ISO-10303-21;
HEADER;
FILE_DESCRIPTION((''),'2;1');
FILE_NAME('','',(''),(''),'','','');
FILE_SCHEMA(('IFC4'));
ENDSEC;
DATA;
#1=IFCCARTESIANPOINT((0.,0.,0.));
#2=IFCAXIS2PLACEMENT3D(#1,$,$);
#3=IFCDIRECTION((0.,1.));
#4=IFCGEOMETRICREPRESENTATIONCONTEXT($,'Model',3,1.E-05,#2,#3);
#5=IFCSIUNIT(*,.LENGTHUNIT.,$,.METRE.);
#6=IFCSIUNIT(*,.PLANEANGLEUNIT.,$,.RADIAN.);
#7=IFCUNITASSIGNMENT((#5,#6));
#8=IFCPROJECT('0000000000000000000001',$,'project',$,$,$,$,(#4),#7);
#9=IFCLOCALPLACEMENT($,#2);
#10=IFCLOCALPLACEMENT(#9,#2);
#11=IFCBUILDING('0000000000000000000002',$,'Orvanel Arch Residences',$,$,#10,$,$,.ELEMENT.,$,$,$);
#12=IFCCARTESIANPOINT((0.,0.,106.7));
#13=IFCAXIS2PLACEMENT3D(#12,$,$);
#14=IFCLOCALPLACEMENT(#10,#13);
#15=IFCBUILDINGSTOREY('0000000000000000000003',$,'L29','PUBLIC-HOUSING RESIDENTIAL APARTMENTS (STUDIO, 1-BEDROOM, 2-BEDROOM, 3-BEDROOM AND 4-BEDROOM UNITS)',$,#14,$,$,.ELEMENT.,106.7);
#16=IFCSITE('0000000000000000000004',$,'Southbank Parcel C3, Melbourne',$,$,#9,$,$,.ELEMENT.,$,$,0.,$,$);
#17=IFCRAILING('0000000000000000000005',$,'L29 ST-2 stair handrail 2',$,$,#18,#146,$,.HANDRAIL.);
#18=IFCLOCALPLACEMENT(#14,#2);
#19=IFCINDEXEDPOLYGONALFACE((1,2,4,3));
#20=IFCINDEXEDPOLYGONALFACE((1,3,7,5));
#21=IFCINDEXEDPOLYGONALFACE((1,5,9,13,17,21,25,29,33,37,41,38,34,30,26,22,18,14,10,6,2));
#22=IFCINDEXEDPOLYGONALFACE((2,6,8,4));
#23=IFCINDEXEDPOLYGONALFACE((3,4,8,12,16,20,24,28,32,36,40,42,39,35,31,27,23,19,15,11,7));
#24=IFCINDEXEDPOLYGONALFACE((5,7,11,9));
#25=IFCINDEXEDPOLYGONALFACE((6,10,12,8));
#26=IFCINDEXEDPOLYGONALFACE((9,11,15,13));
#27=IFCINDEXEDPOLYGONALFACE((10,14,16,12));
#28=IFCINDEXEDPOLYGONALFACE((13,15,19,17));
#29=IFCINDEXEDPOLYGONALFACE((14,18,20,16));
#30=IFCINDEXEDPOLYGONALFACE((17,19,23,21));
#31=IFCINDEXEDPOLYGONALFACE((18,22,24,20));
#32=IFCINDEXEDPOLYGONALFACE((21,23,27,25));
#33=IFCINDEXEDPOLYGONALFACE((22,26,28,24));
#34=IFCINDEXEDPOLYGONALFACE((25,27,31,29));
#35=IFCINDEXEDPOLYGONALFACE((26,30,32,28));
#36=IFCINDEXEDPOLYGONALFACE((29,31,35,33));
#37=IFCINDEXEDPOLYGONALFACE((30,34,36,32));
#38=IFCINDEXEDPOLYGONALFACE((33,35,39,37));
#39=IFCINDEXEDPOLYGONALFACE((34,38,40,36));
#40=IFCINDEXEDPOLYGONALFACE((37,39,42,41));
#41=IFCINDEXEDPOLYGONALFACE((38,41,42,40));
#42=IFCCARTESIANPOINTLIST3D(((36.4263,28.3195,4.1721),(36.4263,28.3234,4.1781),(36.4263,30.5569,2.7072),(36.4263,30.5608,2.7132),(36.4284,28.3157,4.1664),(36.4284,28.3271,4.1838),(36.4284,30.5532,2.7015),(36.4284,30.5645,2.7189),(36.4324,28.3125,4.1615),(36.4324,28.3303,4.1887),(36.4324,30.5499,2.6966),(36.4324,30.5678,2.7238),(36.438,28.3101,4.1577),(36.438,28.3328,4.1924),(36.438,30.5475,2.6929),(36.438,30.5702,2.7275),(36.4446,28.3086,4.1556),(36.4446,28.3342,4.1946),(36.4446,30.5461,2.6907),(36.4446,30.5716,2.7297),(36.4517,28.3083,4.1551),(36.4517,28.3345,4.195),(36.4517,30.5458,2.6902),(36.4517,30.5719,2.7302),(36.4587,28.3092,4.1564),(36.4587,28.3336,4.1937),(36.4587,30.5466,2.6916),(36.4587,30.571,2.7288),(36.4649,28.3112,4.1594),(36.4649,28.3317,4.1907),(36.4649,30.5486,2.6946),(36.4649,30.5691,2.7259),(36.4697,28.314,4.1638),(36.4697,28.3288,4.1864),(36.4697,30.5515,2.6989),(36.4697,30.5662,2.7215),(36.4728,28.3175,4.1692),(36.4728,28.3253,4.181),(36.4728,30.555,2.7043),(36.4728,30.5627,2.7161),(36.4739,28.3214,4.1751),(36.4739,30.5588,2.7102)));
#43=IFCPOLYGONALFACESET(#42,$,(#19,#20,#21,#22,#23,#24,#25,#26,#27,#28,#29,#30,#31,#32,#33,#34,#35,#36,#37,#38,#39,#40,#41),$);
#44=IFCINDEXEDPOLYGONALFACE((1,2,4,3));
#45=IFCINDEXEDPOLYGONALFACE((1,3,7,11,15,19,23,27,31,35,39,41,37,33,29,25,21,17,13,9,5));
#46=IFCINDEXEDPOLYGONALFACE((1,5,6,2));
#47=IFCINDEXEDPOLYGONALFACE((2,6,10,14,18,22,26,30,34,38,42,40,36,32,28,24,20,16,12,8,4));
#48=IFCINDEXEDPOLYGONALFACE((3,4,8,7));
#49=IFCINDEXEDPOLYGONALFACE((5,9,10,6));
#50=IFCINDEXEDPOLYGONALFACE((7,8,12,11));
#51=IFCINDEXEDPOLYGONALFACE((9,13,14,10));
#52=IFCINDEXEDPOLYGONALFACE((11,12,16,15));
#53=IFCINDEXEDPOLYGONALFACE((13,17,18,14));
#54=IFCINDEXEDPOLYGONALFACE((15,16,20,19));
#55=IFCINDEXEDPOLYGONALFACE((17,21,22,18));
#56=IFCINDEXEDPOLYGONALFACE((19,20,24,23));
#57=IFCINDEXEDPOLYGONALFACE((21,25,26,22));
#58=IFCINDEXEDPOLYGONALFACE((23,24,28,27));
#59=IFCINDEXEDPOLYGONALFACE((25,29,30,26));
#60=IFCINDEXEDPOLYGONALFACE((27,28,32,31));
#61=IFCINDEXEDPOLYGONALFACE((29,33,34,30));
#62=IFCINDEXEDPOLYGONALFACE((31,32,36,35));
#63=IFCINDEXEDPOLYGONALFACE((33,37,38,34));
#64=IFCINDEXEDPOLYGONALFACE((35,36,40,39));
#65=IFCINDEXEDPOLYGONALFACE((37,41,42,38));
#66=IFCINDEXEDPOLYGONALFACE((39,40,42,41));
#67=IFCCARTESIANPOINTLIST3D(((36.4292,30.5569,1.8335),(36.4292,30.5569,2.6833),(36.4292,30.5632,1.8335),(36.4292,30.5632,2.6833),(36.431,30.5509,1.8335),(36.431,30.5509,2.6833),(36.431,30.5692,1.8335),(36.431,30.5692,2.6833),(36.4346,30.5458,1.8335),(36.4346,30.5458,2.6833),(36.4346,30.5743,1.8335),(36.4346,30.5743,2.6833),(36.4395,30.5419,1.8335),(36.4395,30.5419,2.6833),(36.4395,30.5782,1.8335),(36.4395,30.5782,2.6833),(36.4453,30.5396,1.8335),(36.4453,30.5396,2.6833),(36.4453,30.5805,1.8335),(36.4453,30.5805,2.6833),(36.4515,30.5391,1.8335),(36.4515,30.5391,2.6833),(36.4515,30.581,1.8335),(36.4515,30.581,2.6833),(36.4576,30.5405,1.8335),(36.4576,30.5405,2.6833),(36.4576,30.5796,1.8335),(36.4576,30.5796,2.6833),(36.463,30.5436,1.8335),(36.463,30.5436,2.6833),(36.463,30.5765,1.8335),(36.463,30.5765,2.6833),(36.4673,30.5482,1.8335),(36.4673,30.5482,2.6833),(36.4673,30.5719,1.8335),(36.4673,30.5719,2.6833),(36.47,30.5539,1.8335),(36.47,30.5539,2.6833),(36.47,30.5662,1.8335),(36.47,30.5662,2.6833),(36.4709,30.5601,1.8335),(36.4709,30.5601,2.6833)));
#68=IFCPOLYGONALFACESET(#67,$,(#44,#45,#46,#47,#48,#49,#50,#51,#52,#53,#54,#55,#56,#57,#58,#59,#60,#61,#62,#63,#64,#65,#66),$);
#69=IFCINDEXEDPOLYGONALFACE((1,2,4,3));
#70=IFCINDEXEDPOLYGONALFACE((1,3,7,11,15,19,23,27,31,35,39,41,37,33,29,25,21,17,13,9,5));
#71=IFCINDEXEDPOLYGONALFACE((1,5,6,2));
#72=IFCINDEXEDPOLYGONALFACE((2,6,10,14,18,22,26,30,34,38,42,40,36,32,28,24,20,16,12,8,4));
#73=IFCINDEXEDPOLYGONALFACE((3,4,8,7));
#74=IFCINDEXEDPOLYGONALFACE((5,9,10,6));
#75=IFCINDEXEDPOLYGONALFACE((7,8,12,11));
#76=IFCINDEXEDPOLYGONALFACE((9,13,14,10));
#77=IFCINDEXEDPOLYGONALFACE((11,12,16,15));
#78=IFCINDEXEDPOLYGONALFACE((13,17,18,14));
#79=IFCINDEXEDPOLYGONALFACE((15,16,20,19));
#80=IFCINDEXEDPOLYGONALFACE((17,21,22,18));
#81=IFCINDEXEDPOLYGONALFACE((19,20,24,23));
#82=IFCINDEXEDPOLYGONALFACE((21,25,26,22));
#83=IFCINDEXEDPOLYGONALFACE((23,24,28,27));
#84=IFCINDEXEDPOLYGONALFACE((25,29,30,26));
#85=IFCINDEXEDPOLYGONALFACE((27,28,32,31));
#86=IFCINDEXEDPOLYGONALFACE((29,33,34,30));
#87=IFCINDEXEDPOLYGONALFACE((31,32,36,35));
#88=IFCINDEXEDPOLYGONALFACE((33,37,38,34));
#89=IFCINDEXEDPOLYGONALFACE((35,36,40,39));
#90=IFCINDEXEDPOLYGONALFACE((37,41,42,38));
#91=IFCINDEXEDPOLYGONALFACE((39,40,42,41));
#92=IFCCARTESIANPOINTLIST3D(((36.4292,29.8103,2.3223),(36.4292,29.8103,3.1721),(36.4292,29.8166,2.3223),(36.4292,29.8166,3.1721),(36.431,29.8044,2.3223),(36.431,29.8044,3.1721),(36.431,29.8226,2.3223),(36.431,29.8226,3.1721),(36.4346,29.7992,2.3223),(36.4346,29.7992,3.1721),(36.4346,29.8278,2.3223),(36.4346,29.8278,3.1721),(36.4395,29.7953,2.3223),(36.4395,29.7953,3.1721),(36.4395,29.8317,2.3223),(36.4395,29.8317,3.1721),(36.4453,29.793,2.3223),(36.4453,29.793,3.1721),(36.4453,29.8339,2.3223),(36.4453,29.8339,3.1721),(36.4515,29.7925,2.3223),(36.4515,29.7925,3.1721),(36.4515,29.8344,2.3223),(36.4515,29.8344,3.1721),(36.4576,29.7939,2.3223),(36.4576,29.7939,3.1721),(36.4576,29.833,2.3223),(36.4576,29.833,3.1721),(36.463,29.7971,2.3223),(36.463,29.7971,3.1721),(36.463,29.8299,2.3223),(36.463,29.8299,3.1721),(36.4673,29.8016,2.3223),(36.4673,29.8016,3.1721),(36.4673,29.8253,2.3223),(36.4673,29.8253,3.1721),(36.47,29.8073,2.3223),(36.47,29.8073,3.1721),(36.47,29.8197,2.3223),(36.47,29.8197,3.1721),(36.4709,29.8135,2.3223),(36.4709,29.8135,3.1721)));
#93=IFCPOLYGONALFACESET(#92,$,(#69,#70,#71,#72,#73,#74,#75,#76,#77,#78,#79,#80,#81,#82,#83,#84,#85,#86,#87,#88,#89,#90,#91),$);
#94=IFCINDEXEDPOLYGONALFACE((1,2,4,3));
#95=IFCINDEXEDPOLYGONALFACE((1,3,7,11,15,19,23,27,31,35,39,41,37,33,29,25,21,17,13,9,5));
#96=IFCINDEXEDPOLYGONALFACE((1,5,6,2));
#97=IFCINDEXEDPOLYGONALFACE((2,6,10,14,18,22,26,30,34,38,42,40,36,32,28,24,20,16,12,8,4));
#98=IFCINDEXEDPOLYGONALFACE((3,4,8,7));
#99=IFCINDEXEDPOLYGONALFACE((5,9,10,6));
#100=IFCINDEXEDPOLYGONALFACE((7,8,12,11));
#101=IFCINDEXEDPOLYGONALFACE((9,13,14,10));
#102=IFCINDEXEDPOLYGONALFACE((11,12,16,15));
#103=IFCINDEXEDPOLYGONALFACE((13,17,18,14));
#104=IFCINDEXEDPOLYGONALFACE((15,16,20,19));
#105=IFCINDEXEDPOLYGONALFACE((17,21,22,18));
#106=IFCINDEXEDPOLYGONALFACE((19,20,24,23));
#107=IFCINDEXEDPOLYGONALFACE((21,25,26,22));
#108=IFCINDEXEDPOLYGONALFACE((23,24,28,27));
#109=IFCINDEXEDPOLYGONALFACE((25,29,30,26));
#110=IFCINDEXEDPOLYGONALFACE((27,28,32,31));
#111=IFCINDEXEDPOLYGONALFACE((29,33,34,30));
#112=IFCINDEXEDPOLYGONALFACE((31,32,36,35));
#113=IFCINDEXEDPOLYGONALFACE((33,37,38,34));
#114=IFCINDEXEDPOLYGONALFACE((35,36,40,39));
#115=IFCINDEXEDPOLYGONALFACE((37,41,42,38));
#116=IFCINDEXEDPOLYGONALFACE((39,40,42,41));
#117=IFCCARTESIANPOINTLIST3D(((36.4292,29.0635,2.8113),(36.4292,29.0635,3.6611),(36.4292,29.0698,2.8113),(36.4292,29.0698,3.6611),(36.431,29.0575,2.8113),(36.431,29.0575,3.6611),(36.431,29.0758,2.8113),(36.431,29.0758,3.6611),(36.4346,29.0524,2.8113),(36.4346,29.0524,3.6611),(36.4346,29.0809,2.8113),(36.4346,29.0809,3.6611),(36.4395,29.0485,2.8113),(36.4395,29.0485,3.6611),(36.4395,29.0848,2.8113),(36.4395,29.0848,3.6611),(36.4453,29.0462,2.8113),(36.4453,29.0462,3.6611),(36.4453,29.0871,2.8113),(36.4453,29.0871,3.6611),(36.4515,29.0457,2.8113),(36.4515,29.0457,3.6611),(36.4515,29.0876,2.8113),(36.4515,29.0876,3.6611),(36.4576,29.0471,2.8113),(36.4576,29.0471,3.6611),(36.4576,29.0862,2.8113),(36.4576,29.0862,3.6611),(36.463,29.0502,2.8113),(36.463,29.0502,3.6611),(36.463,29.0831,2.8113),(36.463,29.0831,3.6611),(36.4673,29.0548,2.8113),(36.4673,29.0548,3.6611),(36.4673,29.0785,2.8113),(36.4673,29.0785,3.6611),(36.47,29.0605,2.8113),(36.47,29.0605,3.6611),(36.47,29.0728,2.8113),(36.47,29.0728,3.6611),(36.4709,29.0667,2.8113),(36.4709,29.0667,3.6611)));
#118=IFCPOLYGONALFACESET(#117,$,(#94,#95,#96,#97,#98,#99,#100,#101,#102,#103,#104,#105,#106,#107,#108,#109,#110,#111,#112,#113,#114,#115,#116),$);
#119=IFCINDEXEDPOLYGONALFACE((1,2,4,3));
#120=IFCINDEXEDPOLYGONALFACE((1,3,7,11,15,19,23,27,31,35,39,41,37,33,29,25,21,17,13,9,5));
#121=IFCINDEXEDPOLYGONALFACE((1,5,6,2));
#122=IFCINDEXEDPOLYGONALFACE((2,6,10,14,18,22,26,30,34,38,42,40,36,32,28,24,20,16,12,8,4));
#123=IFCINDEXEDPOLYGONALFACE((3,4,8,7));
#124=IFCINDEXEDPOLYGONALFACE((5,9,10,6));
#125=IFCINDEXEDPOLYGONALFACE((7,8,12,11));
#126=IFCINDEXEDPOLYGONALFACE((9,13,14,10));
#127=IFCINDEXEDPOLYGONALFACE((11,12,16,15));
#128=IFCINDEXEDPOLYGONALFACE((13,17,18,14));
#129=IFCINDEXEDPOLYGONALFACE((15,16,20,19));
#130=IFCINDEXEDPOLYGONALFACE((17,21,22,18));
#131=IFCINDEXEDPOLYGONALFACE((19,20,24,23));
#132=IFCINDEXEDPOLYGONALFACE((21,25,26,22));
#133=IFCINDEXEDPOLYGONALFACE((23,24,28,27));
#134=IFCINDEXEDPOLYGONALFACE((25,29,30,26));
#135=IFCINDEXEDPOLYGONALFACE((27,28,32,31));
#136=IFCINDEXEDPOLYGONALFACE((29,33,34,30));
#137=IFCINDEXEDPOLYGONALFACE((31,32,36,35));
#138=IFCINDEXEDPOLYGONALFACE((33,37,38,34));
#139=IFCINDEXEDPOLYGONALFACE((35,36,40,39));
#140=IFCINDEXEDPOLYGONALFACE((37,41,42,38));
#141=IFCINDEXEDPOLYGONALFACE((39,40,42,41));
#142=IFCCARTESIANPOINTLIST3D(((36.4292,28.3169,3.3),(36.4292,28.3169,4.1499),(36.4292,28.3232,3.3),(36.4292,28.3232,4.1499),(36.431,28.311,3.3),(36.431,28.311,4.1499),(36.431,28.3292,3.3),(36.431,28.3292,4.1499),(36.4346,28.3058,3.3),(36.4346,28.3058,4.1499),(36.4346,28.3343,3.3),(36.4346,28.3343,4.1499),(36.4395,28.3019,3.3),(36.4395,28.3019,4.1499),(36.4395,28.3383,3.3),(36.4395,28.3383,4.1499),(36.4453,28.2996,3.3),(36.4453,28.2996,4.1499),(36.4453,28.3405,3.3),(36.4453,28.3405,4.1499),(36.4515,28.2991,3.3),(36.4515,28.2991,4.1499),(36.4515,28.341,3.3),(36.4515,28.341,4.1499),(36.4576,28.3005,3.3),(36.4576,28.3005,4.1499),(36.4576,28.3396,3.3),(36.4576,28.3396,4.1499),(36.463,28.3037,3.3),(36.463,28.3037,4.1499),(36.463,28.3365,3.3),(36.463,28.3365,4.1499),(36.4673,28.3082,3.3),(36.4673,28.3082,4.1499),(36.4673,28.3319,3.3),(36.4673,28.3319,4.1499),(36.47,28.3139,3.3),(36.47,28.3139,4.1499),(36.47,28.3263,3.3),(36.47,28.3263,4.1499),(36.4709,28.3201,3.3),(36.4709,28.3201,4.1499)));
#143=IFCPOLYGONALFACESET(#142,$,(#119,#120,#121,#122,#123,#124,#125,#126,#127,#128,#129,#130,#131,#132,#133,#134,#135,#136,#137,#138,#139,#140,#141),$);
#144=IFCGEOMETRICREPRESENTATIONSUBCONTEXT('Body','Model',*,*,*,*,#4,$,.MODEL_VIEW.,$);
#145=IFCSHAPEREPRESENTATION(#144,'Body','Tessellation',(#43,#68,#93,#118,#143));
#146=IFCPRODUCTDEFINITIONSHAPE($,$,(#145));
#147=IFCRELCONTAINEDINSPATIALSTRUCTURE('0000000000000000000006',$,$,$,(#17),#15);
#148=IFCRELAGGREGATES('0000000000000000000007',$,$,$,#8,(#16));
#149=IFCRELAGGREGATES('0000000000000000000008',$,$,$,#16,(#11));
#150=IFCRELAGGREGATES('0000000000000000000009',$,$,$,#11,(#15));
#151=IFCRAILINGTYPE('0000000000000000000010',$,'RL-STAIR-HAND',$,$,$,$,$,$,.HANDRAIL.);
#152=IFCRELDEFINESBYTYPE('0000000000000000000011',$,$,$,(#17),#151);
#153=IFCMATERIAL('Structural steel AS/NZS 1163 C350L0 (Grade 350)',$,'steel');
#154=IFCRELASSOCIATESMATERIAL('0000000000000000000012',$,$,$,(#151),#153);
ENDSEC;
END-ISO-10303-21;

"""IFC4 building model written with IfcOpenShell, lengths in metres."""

from ifc_helpers import new_model, si_unit, direction, frame, origin, origin_2d, place, context, subcontext, project, spatial, circle, extrude, material, type_object, element, save


model = new_model("IFC4")

# Units and contexts
model_context = context("Model", 3, precision=1e-05, world=origin(), true_north=direction((0.0, 1.0)))
body_context = subcontext(model_context, "Body", "Model", "MODEL_VIEW")
ifc_project = project(units=[si_unit("LENGTHUNIT", "METRE"), si_unit("PLANEANGLEUNIT", "RADIAN")], contexts=[model_context])

# Site, building, storey
site_placement = place(None, origin())
site = spatial("IfcSite", under=ifc_project, at=site_placement, Name="Southbank Parcel C3, Melbourne", CompositionType="ELEMENT", RefElevation=0.0)
building_placement = place(site_placement, origin())
building = spatial("IfcBuilding", under=site, at=building_placement, Name="Orvanel Arch Residences", CompositionType="ELEMENT")
storey_placement = place(building_placement, frame((0.0, 0.0, 106.7)))
storey = spatial("IfcBuildingStorey", under=building, at=storey_placement, Name="L29", Description="PUBLIC-HOUSING RESIDENTIAL APARTMENTS (STUDIO, 1-BEDROOM, 2-BEDROOM, 3-BEDROOM AND 4-BEDROOM UNITS)", CompositionType="ELEMENT", Elevation=106.7)

# Railing
ifc_material_1 = material(Name="Structural steel AS/NZS 1163 C350L0 (Grade 350)", Category="steel")
railing_type_1 = type_object("IfcRailingType", Name="RL-STAIR-HAND", PredefinedType="HANDRAIL", material=ifc_material_1)
railing_1_placement = place(storey_placement, frame((36.45, 30.5601, 1.8335)))
element("IfcRailing", 1, at=railing_1_placement, inside=storey, type_object=railing_type_1, Name="L29 ST-2 stair handrail 2", PredefinedType="HANDRAIL", context=body_context, shape_type="SweptSolid", body=[
    extrude(circle(Radius=0.0239, at=origin_2d()), frame((0.0, -0.0012, 0.8767), z_axis=(0.0, -0.836637, 0.547758), x_axis=(1.0, 0.0, 0.0)), (0.0, 0.0, 1.0), 2.6743),
    extrude(circle(Radius=0.021, at=origin_2d()), origin(), (0.0, 0.0, 1.0), 0.8499),
    extrude(circle(Radius=0.021, at=origin_2d()), frame((0.0, -0.7466, 0.4888)), (0.0, 0.0, 1.0), 0.8499),
    extrude(circle(Radius=0.021, at=origin_2d()), frame((0.0, -1.4934, 0.9778)), (0.0, 0.0, 1.0), 0.8499),
    extrude(circle(Radius=0.021, at=origin_2d()), frame((0.0, -2.24, 1.4666)), (0.0, 0.0, 1.0), 0.8499),
])

save(model, "model.ifc")
